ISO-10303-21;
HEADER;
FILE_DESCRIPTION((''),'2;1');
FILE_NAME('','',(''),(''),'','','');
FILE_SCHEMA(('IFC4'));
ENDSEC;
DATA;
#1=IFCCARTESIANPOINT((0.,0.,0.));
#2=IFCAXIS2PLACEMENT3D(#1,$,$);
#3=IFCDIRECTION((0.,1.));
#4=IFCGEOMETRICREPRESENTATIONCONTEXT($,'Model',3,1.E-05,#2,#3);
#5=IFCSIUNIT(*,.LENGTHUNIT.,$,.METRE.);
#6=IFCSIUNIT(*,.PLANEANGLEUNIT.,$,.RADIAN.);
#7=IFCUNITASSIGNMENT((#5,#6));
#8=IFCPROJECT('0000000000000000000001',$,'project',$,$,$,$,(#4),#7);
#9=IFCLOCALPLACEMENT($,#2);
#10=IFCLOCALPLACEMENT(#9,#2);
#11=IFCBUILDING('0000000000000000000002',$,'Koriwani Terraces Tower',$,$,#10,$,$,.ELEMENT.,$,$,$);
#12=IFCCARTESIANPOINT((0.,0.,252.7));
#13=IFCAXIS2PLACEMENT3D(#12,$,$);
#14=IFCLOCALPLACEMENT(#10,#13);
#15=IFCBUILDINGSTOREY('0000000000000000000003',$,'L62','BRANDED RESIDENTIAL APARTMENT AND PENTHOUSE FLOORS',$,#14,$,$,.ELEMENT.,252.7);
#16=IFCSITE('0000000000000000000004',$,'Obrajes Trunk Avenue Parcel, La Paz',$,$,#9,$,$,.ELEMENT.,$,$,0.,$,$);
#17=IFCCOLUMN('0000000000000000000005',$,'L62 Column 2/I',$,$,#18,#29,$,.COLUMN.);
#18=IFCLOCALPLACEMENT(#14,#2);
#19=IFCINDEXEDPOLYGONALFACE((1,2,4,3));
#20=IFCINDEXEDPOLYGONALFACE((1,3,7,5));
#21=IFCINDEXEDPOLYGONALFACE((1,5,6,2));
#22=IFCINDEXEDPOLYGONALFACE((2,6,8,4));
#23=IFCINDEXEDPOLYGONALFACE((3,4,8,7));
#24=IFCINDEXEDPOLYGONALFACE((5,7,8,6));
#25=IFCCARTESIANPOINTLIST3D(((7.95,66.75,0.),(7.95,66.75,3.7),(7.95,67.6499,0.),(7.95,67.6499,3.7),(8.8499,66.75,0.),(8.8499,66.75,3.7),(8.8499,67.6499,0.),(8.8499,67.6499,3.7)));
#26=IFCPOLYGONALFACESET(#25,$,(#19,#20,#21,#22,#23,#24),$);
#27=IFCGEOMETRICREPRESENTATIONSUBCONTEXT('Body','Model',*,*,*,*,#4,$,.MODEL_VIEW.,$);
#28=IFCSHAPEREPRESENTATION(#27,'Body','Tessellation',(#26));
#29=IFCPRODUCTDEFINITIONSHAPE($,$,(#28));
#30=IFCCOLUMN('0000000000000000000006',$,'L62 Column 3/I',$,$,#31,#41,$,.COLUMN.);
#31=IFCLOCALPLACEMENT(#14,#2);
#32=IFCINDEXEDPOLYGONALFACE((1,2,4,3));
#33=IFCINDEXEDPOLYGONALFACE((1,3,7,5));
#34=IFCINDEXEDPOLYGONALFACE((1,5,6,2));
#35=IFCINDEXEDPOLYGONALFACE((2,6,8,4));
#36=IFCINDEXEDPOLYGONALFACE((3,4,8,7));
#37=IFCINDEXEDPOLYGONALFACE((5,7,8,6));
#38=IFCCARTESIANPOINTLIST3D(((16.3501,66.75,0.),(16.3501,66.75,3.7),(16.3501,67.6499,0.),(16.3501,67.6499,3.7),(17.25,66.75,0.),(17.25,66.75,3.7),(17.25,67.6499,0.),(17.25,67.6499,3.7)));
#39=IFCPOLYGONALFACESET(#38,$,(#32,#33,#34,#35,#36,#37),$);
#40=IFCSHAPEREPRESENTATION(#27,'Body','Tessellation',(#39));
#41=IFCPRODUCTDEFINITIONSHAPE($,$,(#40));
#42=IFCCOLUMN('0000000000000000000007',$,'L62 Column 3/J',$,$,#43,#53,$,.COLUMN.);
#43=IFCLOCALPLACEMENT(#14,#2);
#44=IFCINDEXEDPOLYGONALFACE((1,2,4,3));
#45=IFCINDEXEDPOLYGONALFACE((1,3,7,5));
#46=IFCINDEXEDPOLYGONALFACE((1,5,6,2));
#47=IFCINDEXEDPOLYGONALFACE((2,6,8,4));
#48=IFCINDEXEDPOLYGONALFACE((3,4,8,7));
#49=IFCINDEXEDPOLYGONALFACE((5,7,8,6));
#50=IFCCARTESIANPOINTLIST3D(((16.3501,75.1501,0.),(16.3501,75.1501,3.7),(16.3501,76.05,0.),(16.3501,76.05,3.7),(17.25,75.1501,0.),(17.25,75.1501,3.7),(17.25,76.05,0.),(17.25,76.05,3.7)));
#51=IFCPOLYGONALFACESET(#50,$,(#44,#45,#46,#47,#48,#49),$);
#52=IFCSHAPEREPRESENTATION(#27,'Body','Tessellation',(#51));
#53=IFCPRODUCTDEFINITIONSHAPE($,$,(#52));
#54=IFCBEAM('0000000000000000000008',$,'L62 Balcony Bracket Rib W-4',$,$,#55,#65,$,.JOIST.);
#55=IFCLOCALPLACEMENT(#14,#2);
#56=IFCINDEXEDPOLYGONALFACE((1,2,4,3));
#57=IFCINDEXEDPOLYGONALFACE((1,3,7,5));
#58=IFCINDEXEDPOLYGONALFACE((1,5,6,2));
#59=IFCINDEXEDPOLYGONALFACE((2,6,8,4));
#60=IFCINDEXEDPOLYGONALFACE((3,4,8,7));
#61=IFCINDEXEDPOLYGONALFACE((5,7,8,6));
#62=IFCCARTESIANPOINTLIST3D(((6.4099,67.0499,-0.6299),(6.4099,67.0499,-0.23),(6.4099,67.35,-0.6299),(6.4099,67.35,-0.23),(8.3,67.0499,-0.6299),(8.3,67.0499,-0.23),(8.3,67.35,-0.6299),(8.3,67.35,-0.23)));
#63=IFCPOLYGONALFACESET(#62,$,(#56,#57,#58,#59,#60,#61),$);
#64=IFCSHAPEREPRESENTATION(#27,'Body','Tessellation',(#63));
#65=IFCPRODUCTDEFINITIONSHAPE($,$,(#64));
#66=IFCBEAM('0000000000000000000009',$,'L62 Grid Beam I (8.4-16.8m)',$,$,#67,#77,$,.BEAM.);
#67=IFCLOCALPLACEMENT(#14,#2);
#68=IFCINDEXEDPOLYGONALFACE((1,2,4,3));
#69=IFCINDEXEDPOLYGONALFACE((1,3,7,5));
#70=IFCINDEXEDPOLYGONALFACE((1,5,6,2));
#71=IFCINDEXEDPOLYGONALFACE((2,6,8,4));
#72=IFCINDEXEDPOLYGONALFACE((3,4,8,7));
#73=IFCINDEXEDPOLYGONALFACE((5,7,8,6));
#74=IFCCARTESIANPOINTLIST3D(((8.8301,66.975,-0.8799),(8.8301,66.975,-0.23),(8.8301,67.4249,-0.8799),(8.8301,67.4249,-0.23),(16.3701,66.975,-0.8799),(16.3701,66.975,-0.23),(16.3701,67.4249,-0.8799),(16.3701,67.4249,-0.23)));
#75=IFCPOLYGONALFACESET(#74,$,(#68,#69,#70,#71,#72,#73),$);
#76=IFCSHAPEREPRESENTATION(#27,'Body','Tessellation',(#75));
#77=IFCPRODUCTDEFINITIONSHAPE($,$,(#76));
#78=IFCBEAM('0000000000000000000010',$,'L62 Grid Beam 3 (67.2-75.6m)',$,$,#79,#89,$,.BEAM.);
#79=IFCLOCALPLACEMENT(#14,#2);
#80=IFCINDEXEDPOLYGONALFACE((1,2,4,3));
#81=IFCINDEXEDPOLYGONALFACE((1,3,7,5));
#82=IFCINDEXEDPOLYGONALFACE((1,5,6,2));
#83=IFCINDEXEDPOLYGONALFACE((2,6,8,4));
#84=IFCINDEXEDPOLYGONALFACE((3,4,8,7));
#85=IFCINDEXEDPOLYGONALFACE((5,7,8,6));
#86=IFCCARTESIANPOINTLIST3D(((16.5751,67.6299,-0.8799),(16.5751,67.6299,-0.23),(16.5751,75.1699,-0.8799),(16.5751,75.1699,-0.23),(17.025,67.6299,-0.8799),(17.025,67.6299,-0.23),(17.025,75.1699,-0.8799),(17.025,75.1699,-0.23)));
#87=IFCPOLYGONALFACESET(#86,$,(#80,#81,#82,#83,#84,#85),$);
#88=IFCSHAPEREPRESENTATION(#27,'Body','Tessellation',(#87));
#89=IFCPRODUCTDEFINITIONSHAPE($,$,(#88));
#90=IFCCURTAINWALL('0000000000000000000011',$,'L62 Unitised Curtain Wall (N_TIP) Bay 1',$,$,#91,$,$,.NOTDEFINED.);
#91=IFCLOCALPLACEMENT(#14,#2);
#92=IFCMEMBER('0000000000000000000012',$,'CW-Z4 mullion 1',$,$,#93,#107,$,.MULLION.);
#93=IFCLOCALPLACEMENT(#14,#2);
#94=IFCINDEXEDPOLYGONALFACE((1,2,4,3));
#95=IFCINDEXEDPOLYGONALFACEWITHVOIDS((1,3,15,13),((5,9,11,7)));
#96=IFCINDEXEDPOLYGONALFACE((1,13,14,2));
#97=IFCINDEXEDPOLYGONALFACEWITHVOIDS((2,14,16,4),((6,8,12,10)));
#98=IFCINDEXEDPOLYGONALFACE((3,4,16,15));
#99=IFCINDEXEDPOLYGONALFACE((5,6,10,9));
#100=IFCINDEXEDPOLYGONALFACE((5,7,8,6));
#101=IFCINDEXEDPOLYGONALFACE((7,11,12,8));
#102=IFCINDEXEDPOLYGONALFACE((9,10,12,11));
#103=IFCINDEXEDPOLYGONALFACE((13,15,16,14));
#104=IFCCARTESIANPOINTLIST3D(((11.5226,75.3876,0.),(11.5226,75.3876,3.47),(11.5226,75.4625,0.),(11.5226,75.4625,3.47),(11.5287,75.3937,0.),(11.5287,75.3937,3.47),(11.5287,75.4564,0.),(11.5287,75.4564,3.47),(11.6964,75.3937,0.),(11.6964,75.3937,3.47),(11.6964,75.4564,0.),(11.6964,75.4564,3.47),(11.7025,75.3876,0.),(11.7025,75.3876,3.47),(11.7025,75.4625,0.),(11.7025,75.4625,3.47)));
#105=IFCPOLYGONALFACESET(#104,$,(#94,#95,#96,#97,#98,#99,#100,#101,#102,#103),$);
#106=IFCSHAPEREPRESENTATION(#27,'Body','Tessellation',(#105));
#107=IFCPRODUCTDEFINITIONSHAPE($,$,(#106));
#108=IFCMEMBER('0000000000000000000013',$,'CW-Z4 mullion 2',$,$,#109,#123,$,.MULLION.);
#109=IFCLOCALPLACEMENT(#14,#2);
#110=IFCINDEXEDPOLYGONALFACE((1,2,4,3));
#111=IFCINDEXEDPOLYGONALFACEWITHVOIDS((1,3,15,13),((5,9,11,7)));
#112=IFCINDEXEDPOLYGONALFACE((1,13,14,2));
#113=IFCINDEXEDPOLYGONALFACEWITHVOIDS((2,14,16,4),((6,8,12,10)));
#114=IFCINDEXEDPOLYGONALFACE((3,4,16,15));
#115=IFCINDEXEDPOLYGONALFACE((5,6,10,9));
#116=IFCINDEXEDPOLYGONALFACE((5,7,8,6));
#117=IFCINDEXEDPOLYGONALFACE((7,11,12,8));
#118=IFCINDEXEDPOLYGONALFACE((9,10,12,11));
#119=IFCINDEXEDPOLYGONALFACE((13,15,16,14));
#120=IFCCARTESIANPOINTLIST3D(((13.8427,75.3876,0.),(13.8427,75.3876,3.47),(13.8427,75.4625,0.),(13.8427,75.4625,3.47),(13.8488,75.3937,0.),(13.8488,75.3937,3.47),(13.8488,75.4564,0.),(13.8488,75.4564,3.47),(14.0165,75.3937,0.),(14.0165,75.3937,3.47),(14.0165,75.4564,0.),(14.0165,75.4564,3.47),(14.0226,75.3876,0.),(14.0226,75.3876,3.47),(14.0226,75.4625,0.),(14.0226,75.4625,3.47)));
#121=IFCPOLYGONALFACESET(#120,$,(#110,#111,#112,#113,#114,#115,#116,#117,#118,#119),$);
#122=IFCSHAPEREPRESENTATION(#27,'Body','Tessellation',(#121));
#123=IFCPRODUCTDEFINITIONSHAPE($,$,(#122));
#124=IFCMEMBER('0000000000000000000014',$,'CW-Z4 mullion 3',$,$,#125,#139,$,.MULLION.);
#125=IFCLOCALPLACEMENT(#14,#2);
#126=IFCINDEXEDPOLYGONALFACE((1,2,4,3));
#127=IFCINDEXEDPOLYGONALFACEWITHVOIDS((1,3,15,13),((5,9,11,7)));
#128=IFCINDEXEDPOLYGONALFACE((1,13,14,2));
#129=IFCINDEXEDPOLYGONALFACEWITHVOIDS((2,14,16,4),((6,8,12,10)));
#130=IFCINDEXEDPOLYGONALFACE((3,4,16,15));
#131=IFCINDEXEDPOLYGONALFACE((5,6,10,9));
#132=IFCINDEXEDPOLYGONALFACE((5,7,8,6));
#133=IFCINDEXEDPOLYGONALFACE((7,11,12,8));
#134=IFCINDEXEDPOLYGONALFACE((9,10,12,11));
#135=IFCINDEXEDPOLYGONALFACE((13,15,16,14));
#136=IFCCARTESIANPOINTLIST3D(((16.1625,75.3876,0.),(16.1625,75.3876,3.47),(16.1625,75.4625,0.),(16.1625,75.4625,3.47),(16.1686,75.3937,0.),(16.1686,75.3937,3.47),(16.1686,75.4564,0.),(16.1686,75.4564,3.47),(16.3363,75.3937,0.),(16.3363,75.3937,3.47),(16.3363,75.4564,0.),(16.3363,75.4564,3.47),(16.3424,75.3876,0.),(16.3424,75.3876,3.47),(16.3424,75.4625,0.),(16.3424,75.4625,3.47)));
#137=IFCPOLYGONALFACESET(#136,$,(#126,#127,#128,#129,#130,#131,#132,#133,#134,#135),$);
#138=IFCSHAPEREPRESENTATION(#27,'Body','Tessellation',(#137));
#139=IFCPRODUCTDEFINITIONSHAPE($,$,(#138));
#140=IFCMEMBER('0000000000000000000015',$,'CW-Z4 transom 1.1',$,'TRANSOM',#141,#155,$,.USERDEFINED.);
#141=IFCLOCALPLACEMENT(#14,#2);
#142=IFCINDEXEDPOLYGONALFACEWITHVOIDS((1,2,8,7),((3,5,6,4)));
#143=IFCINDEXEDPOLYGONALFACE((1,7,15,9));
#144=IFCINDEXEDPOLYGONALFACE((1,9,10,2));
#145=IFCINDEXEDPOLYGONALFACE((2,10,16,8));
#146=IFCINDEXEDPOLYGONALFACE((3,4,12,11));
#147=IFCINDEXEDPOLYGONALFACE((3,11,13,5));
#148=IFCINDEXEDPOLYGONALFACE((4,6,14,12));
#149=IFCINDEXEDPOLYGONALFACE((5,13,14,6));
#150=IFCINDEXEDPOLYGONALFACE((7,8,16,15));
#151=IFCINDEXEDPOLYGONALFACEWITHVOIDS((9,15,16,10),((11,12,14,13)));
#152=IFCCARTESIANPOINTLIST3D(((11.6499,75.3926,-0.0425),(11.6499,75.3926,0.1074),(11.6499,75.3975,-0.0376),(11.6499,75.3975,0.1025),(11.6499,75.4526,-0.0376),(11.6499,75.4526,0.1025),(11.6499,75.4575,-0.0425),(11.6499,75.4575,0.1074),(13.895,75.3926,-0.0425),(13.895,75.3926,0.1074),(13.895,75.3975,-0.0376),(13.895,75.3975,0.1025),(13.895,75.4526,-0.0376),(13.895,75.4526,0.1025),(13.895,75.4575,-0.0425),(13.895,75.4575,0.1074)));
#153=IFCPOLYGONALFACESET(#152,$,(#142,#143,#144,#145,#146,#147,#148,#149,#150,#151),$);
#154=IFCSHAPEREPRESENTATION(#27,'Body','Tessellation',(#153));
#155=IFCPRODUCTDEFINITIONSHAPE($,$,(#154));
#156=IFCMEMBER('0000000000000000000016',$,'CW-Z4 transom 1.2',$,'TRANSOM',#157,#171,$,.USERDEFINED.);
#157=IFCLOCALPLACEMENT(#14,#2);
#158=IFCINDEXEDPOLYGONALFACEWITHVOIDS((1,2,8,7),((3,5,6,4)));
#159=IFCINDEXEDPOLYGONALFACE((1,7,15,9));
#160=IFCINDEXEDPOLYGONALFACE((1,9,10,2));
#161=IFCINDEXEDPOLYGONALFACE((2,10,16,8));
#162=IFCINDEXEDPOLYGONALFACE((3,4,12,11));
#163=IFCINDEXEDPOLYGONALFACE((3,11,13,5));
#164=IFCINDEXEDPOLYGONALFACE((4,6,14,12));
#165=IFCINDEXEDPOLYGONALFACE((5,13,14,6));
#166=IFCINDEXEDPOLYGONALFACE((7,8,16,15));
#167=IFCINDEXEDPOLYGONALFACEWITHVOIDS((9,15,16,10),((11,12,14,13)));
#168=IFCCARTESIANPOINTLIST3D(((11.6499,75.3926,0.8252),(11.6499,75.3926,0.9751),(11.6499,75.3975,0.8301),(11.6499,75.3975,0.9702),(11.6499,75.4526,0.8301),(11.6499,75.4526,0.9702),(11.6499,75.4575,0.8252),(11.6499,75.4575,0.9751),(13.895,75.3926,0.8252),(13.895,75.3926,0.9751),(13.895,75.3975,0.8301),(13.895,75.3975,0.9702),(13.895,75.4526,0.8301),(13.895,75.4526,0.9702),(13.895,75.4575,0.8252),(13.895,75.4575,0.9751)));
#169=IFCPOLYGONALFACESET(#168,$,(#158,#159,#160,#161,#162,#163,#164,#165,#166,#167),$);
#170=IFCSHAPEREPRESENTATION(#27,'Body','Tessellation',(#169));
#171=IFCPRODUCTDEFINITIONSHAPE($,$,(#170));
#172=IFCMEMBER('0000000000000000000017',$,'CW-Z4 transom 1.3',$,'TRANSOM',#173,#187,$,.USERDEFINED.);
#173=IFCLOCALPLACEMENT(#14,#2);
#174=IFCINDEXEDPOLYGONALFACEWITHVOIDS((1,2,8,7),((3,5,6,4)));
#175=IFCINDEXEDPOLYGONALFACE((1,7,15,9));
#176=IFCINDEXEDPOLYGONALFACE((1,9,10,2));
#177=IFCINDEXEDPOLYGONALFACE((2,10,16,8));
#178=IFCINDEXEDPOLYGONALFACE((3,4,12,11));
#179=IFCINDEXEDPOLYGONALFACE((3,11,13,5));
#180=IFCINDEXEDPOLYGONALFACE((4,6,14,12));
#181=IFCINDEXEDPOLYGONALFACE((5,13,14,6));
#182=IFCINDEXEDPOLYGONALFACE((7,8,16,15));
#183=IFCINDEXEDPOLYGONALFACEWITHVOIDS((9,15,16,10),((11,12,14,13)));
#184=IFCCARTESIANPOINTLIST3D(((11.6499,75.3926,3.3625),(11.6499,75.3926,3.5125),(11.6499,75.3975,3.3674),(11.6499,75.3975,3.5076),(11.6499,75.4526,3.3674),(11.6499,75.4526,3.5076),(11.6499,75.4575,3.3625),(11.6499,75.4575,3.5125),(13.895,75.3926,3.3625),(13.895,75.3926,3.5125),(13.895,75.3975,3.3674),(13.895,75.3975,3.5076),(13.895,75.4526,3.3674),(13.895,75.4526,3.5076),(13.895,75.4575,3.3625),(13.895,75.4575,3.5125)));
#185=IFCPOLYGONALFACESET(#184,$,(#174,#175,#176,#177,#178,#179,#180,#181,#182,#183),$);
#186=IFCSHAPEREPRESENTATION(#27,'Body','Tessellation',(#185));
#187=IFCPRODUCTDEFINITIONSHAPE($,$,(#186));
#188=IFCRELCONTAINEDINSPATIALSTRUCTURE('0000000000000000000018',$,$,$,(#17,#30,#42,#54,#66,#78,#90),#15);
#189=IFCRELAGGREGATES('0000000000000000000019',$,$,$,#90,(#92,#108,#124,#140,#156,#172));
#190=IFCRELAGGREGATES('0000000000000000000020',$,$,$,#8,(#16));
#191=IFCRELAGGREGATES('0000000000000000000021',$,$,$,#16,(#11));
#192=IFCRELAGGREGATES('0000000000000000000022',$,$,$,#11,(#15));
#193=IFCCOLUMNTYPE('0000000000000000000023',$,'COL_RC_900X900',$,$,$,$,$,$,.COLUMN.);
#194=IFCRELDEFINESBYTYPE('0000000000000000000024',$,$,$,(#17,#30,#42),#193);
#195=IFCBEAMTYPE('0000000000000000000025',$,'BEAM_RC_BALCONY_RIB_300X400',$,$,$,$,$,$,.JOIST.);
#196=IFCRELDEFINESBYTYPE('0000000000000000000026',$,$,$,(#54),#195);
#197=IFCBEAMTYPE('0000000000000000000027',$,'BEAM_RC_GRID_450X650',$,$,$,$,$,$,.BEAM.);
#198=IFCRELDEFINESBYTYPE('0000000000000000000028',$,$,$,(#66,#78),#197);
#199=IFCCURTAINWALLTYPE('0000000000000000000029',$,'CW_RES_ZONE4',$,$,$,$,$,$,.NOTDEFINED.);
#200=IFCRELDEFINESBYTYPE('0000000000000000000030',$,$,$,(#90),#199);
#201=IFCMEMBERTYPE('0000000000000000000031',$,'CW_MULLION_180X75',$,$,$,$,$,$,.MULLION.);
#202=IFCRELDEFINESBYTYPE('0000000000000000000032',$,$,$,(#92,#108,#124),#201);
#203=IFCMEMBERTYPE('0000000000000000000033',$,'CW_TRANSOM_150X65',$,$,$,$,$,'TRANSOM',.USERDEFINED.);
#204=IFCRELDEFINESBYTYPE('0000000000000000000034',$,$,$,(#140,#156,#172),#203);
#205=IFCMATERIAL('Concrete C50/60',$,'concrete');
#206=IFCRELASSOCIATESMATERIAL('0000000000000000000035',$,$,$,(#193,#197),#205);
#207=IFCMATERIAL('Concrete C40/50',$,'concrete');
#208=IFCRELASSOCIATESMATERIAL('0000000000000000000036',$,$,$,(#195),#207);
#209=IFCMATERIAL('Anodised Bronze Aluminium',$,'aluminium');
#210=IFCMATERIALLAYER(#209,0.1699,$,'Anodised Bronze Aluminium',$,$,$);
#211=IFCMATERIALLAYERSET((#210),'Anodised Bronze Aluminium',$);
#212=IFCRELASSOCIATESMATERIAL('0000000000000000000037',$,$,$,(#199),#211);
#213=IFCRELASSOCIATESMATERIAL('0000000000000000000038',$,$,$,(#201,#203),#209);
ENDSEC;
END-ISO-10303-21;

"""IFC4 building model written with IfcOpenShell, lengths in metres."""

from ifc_helpers import new_model, si_unit, direction, frame, origin, origin_2d, place, context, subcontext, project, spatial, rectangle, hollow_rectangle, extrude, material, layer, layer_set, material_profile, profile_set, type_object, element, aggregate, save


model = new_model("IFC4")

# Units and contexts
model_context = context("Model", 3, precision=1e-05, world=origin(), true_north=direction((0.0, 1.0)))
body_context = subcontext(model_context, "Body", "Model", "MODEL_VIEW")
ifc_project = project(units=[si_unit("LENGTHUNIT", "METRE"), si_unit("PLANEANGLEUNIT", "RADIAN")], contexts=[model_context])

# Site, building, storey
site_placement = place(None, origin())
site = spatial("IfcSite", under=ifc_project, at=site_placement, Name="Obrajes Trunk Avenue Parcel, La Paz", CompositionType="ELEMENT", RefElevation=0.0)
building_placement = place(site_placement, origin())
building = spatial("IfcBuilding", under=site, at=building_placement, Name="Koriwani Terraces Tower", CompositionType="ELEMENT")
storey_placement = place(building_placement, frame((0.0, 0.0, 252.7)))
storey = spatial("IfcBuildingStorey", under=building, at=storey_placement, Name="L62", Description="BRANDED RESIDENTIAL APARTMENT AND PENTHOUSE FLOORS", CompositionType="ELEMENT", Elevation=252.7)

# Columns
ifc_material_1 = material(Name="Concrete C50/60", Category="concrete")
ifc_material_profile_1 = material_profile(ifc_material_1, rectangle(XDim=0.8999, YDim=0.8999, at=origin_2d()), Name="Concrete C50/60", Category="LoadBearing")
ifc_profile_set_1 = profile_set([ifc_material_profile_1], Name="Concrete C50/60")
column_type = type_object("IfcColumnType", Name="COL_RC_900X900", PredefinedType="COLUMN", material=ifc_profile_set_1)
for number, where, z_axis, x_axis, name in (
    (1, (8.3999, 67.2, 0.0), (0.0, 0.0, 1.0), (1.0, 0.0, 0.0), "L62 Column 2/I"),
    (2, (16.8, 67.2, 0.0), (0.0, 0.0, 1.0), (1.0, 0.0, 0.0), "L62 Column 3/I"),
    (3, (16.8, 75.6001, 0.0), (0.0, 0.0, 1.0), (1.0, 0.0, 0.0), "L62 Column 3/J"),
):
    element("IfcColumn", number, at=place(storey_placement, frame(where, z_axis=z_axis, x_axis=x_axis)), inside=storey, type_object=column_type, Name=name, PredefinedType="COLUMN", context=body_context, shape_type="SweptSolid", body=[
        extrude(rectangle(XDim=0.8999, YDim=0.8999, at=origin_2d()), origin(), (0.0, 0.0, 1.0), 3.7),
    ])

# Beams
ifc_material_2 = material(Name="Concrete C40/50", Category="concrete")
ifc_material_profile_2 = material_profile(ifc_material_2, rectangle(XDim=0.3, YDim=0.3999, at=origin_2d()), Name="Concrete C40/50", Category="LoadBearing")
ifc_profile_set_2 = profile_set([ifc_material_profile_2], Name="Concrete C40/50")
beam_type_1 = type_object("IfcBeamType", Name="BEAM_RC_BALCONY_RIB_300X400", PredefinedType="JOIST", material=ifc_profile_set_2)
beam_placement = place(storey_placement, frame((6.4099, 67.2, -0.4299), z_axis=(1.0, 0.0, 0.0), x_axis=(0.0, 1.0, 0.0)))
element("IfcBeam", 4, at=beam_placement, inside=storey, type_object=beam_type_1, Name="L62 Balcony Bracket Rib W-4", PredefinedType="JOIST", context=body_context, shape_type="SweptSolid", body=[
    extrude(rectangle(XDim=0.3, YDim=0.3999, at=origin_2d()), origin(), (0.0, 0.0, 1.0), 1.8901),
])
ifc_material_profile_3 = material_profile(ifc_material_1, rectangle(XDim=0.45, YDim=0.6499, at=origin_2d()), Name="Concrete C50/60", Category="LoadBearing")
ifc_profile_set_3 = profile_set([ifc_material_profile_3], Name="Concrete C50/60")
beam_type_2 = type_object("IfcBeamType", Name="BEAM_RC_GRID_450X650", PredefinedType="BEAM", material=ifc_profile_set_3)
for number, where, z_axis, x_axis, name in (
    (5, (8.8301, 67.2, -0.5549), (1.0, 0.0, 0.0), (0.0, 1.0, 0.0), "L62 Grid Beam I (8.4-16.8m)"),
    (6, (16.8, 67.6299, -0.5549), (0.0, 1.0, 0.0), (-1.0, 0.0, 0.0), "L62 Grid Beam 3 (67.2-75.6m)"),
):
    element("IfcBeam", number, at=place(storey_placement, frame(where, z_axis=z_axis, x_axis=x_axis)), inside=storey, type_object=beam_type_2, Name=name, PredefinedType="BEAM", context=body_context, shape_type="SweptSolid", body=[
        extrude(rectangle(XDim=0.45, YDim=0.6499, at=origin_2d()), origin(), (0.0, 0.0, 1.0), 7.54),
    ])

# Curtain wall, members
ifc_material_3 = material(Name="Anodised Bronze Aluminium", Category="aluminium")
ifc_layer_1 = layer(ifc_material_3, 0.1699, Name="Anodised Bronze Aluminium")
ifc_layer_set_1 = layer_set([ifc_layer_1], Name="Anodised Bronze Aluminium")
curtain_wall_type = type_object("IfcCurtainWallType", Name="CW_RES_ZONE4", PredefinedType="NOTDEFINED", material=ifc_layer_set_1)
curtain_wall_placement = place(storey_placement, origin())
curtain_wall = element("IfcCurtainWall", 7, at=curtain_wall_placement, inside=storey, type_object=curtain_wall_type, Name="L62 Unitised Curtain Wall (N_TIP) Bay 1", PredefinedType="NOTDEFINED")
ifc_material_profile_4 = material_profile(ifc_material_3, hollow_rectangle(XDim=0.075, YDim=0.1799, WallThickness=0.0061, at=origin_2d()), Name="Anodised Bronze Aluminium", Category="LoadBearing")
ifc_profile_set_4 = profile_set([ifc_material_profile_4], Name="Anodised Bronze Aluminium")
member_type_1 = type_object("IfcMemberType", Name="CW_MULLION_180X75", PredefinedType="MULLION", material=ifc_profile_set_4)
member_1_placement = place(storey_placement, frame((11.6125, 75.425, 0.0), z_axis=(0.0, 0.0, 1.0), x_axis=(0.0, 1.0, 0.0)))
member_1 = element("IfcMember", 8, at=member_1_placement, type_object=member_type_1, Name="CW-Z4 mullion 1", PredefinedType="MULLION", context=body_context, shape_type="SweptSolid", body=[
    extrude(hollow_rectangle(XDim=0.075, YDim=0.1799, WallThickness=0.0061, at=origin_2d()), origin(), (0.0, 0.0, 1.0), 3.47),
])
member_2_placement = place(storey_placement, frame((13.9326, 75.425, 0.0), z_axis=(0.0, 0.0, 1.0), x_axis=(0.0, 1.0, 0.0)))
member_2 = element("IfcMember", 9, at=member_2_placement, type_object=member_type_1, Name="CW-Z4 mullion 2", PredefinedType="MULLION", context=body_context, shape_type="SweptSolid", body=[
    extrude(hollow_rectangle(XDim=0.075, YDim=0.1799, WallThickness=0.0061, at=origin_2d()), origin(), (0.0, 0.0, 1.0), 3.47),
])
member_3_placement = place(storey_placement, frame((16.2524, 75.425, 0.0), z_axis=(0.0, 0.0, 1.0), x_axis=(0.0, 1.0, 0.0)))
member_3 = element("IfcMember", 10, at=member_3_placement, type_object=member_type_1, Name="CW-Z4 mullion 3", PredefinedType="MULLION", context=body_context, shape_type="SweptSolid", body=[
    extrude(hollow_rectangle(XDim=0.075, YDim=0.1799, WallThickness=0.0061, at=origin_2d()), origin(), (0.0, 0.0, 1.0), 3.47),
])
ifc_material_profile_5 = material_profile(ifc_material_3, hollow_rectangle(XDim=0.0649, YDim=0.1499, WallThickness=0.0049, at=origin_2d()), Name="Anodised Bronze Aluminium", Category="LoadBearing")
ifc_profile_set_5 = profile_set([ifc_material_profile_5], Name="Anodised Bronze Aluminium")
member_type_2 = type_object("IfcMemberType", Name="CW_TRANSOM_150X65", ElementType="TRANSOM", PredefinedType="USERDEFINED", material=ifc_profile_set_5)
member_4_placement = place(storey_placement, frame((11.6499, 75.425, 0.0325), z_axis=(1.0, 0.0, 0.0), x_axis=(0.0, 1.0, 0.0)))
member_4 = element("IfcMember", 11, at=member_4_placement, type_object=member_type_2, Name="CW-Z4 transom 1.1", ObjectType="TRANSOM", PredefinedType="USERDEFINED", context=body_context, shape_type="SweptSolid", body=[
    extrude(hollow_rectangle(XDim=0.0649, YDim=0.1499, WallThickness=0.0049, at=origin_2d()), origin(), (0.0, 0.0, 1.0), 2.2451),
])
member_5_placement = place(storey_placement, frame((11.6499, 75.425, 0.9001), z_axis=(1.0, 0.0, 0.0), x_axis=(0.0, 1.0, 0.0)))
member_5 = element("IfcMember", 12, at=member_5_placement, type_object=member_type_2, Name="CW-Z4 transom 1.2", ObjectType="TRANSOM", PredefinedType="USERDEFINED", context=body_context, shape_type="SweptSolid", body=[
    extrude(hollow_rectangle(XDim=0.0649, YDim=0.1499, WallThickness=0.0049, at=origin_2d()), origin(), (0.0, 0.0, 1.0), 2.2451),
])
member_6_placement = place(storey_placement, frame((11.6499, 75.425, 3.4375), z_axis=(1.0, 0.0, 0.0), x_axis=(0.0, 1.0, 0.0)))
member_6 = element("IfcMember", 13, at=member_6_placement, type_object=member_type_2, Name="CW-Z4 transom 1.3", ObjectType="TRANSOM", PredefinedType="USERDEFINED", context=body_context, shape_type="SweptSolid", body=[
    extrude(hollow_rectangle(XDim=0.0649, YDim=0.1499, WallThickness=0.0049, at=origin_2d()), origin(), (0.0, 0.0, 1.0), 2.2451),
])
aggregate(curtain_wall, [member_1, member_2, member_3, member_4, member_5, member_6])

save(model, "model.ifc")
